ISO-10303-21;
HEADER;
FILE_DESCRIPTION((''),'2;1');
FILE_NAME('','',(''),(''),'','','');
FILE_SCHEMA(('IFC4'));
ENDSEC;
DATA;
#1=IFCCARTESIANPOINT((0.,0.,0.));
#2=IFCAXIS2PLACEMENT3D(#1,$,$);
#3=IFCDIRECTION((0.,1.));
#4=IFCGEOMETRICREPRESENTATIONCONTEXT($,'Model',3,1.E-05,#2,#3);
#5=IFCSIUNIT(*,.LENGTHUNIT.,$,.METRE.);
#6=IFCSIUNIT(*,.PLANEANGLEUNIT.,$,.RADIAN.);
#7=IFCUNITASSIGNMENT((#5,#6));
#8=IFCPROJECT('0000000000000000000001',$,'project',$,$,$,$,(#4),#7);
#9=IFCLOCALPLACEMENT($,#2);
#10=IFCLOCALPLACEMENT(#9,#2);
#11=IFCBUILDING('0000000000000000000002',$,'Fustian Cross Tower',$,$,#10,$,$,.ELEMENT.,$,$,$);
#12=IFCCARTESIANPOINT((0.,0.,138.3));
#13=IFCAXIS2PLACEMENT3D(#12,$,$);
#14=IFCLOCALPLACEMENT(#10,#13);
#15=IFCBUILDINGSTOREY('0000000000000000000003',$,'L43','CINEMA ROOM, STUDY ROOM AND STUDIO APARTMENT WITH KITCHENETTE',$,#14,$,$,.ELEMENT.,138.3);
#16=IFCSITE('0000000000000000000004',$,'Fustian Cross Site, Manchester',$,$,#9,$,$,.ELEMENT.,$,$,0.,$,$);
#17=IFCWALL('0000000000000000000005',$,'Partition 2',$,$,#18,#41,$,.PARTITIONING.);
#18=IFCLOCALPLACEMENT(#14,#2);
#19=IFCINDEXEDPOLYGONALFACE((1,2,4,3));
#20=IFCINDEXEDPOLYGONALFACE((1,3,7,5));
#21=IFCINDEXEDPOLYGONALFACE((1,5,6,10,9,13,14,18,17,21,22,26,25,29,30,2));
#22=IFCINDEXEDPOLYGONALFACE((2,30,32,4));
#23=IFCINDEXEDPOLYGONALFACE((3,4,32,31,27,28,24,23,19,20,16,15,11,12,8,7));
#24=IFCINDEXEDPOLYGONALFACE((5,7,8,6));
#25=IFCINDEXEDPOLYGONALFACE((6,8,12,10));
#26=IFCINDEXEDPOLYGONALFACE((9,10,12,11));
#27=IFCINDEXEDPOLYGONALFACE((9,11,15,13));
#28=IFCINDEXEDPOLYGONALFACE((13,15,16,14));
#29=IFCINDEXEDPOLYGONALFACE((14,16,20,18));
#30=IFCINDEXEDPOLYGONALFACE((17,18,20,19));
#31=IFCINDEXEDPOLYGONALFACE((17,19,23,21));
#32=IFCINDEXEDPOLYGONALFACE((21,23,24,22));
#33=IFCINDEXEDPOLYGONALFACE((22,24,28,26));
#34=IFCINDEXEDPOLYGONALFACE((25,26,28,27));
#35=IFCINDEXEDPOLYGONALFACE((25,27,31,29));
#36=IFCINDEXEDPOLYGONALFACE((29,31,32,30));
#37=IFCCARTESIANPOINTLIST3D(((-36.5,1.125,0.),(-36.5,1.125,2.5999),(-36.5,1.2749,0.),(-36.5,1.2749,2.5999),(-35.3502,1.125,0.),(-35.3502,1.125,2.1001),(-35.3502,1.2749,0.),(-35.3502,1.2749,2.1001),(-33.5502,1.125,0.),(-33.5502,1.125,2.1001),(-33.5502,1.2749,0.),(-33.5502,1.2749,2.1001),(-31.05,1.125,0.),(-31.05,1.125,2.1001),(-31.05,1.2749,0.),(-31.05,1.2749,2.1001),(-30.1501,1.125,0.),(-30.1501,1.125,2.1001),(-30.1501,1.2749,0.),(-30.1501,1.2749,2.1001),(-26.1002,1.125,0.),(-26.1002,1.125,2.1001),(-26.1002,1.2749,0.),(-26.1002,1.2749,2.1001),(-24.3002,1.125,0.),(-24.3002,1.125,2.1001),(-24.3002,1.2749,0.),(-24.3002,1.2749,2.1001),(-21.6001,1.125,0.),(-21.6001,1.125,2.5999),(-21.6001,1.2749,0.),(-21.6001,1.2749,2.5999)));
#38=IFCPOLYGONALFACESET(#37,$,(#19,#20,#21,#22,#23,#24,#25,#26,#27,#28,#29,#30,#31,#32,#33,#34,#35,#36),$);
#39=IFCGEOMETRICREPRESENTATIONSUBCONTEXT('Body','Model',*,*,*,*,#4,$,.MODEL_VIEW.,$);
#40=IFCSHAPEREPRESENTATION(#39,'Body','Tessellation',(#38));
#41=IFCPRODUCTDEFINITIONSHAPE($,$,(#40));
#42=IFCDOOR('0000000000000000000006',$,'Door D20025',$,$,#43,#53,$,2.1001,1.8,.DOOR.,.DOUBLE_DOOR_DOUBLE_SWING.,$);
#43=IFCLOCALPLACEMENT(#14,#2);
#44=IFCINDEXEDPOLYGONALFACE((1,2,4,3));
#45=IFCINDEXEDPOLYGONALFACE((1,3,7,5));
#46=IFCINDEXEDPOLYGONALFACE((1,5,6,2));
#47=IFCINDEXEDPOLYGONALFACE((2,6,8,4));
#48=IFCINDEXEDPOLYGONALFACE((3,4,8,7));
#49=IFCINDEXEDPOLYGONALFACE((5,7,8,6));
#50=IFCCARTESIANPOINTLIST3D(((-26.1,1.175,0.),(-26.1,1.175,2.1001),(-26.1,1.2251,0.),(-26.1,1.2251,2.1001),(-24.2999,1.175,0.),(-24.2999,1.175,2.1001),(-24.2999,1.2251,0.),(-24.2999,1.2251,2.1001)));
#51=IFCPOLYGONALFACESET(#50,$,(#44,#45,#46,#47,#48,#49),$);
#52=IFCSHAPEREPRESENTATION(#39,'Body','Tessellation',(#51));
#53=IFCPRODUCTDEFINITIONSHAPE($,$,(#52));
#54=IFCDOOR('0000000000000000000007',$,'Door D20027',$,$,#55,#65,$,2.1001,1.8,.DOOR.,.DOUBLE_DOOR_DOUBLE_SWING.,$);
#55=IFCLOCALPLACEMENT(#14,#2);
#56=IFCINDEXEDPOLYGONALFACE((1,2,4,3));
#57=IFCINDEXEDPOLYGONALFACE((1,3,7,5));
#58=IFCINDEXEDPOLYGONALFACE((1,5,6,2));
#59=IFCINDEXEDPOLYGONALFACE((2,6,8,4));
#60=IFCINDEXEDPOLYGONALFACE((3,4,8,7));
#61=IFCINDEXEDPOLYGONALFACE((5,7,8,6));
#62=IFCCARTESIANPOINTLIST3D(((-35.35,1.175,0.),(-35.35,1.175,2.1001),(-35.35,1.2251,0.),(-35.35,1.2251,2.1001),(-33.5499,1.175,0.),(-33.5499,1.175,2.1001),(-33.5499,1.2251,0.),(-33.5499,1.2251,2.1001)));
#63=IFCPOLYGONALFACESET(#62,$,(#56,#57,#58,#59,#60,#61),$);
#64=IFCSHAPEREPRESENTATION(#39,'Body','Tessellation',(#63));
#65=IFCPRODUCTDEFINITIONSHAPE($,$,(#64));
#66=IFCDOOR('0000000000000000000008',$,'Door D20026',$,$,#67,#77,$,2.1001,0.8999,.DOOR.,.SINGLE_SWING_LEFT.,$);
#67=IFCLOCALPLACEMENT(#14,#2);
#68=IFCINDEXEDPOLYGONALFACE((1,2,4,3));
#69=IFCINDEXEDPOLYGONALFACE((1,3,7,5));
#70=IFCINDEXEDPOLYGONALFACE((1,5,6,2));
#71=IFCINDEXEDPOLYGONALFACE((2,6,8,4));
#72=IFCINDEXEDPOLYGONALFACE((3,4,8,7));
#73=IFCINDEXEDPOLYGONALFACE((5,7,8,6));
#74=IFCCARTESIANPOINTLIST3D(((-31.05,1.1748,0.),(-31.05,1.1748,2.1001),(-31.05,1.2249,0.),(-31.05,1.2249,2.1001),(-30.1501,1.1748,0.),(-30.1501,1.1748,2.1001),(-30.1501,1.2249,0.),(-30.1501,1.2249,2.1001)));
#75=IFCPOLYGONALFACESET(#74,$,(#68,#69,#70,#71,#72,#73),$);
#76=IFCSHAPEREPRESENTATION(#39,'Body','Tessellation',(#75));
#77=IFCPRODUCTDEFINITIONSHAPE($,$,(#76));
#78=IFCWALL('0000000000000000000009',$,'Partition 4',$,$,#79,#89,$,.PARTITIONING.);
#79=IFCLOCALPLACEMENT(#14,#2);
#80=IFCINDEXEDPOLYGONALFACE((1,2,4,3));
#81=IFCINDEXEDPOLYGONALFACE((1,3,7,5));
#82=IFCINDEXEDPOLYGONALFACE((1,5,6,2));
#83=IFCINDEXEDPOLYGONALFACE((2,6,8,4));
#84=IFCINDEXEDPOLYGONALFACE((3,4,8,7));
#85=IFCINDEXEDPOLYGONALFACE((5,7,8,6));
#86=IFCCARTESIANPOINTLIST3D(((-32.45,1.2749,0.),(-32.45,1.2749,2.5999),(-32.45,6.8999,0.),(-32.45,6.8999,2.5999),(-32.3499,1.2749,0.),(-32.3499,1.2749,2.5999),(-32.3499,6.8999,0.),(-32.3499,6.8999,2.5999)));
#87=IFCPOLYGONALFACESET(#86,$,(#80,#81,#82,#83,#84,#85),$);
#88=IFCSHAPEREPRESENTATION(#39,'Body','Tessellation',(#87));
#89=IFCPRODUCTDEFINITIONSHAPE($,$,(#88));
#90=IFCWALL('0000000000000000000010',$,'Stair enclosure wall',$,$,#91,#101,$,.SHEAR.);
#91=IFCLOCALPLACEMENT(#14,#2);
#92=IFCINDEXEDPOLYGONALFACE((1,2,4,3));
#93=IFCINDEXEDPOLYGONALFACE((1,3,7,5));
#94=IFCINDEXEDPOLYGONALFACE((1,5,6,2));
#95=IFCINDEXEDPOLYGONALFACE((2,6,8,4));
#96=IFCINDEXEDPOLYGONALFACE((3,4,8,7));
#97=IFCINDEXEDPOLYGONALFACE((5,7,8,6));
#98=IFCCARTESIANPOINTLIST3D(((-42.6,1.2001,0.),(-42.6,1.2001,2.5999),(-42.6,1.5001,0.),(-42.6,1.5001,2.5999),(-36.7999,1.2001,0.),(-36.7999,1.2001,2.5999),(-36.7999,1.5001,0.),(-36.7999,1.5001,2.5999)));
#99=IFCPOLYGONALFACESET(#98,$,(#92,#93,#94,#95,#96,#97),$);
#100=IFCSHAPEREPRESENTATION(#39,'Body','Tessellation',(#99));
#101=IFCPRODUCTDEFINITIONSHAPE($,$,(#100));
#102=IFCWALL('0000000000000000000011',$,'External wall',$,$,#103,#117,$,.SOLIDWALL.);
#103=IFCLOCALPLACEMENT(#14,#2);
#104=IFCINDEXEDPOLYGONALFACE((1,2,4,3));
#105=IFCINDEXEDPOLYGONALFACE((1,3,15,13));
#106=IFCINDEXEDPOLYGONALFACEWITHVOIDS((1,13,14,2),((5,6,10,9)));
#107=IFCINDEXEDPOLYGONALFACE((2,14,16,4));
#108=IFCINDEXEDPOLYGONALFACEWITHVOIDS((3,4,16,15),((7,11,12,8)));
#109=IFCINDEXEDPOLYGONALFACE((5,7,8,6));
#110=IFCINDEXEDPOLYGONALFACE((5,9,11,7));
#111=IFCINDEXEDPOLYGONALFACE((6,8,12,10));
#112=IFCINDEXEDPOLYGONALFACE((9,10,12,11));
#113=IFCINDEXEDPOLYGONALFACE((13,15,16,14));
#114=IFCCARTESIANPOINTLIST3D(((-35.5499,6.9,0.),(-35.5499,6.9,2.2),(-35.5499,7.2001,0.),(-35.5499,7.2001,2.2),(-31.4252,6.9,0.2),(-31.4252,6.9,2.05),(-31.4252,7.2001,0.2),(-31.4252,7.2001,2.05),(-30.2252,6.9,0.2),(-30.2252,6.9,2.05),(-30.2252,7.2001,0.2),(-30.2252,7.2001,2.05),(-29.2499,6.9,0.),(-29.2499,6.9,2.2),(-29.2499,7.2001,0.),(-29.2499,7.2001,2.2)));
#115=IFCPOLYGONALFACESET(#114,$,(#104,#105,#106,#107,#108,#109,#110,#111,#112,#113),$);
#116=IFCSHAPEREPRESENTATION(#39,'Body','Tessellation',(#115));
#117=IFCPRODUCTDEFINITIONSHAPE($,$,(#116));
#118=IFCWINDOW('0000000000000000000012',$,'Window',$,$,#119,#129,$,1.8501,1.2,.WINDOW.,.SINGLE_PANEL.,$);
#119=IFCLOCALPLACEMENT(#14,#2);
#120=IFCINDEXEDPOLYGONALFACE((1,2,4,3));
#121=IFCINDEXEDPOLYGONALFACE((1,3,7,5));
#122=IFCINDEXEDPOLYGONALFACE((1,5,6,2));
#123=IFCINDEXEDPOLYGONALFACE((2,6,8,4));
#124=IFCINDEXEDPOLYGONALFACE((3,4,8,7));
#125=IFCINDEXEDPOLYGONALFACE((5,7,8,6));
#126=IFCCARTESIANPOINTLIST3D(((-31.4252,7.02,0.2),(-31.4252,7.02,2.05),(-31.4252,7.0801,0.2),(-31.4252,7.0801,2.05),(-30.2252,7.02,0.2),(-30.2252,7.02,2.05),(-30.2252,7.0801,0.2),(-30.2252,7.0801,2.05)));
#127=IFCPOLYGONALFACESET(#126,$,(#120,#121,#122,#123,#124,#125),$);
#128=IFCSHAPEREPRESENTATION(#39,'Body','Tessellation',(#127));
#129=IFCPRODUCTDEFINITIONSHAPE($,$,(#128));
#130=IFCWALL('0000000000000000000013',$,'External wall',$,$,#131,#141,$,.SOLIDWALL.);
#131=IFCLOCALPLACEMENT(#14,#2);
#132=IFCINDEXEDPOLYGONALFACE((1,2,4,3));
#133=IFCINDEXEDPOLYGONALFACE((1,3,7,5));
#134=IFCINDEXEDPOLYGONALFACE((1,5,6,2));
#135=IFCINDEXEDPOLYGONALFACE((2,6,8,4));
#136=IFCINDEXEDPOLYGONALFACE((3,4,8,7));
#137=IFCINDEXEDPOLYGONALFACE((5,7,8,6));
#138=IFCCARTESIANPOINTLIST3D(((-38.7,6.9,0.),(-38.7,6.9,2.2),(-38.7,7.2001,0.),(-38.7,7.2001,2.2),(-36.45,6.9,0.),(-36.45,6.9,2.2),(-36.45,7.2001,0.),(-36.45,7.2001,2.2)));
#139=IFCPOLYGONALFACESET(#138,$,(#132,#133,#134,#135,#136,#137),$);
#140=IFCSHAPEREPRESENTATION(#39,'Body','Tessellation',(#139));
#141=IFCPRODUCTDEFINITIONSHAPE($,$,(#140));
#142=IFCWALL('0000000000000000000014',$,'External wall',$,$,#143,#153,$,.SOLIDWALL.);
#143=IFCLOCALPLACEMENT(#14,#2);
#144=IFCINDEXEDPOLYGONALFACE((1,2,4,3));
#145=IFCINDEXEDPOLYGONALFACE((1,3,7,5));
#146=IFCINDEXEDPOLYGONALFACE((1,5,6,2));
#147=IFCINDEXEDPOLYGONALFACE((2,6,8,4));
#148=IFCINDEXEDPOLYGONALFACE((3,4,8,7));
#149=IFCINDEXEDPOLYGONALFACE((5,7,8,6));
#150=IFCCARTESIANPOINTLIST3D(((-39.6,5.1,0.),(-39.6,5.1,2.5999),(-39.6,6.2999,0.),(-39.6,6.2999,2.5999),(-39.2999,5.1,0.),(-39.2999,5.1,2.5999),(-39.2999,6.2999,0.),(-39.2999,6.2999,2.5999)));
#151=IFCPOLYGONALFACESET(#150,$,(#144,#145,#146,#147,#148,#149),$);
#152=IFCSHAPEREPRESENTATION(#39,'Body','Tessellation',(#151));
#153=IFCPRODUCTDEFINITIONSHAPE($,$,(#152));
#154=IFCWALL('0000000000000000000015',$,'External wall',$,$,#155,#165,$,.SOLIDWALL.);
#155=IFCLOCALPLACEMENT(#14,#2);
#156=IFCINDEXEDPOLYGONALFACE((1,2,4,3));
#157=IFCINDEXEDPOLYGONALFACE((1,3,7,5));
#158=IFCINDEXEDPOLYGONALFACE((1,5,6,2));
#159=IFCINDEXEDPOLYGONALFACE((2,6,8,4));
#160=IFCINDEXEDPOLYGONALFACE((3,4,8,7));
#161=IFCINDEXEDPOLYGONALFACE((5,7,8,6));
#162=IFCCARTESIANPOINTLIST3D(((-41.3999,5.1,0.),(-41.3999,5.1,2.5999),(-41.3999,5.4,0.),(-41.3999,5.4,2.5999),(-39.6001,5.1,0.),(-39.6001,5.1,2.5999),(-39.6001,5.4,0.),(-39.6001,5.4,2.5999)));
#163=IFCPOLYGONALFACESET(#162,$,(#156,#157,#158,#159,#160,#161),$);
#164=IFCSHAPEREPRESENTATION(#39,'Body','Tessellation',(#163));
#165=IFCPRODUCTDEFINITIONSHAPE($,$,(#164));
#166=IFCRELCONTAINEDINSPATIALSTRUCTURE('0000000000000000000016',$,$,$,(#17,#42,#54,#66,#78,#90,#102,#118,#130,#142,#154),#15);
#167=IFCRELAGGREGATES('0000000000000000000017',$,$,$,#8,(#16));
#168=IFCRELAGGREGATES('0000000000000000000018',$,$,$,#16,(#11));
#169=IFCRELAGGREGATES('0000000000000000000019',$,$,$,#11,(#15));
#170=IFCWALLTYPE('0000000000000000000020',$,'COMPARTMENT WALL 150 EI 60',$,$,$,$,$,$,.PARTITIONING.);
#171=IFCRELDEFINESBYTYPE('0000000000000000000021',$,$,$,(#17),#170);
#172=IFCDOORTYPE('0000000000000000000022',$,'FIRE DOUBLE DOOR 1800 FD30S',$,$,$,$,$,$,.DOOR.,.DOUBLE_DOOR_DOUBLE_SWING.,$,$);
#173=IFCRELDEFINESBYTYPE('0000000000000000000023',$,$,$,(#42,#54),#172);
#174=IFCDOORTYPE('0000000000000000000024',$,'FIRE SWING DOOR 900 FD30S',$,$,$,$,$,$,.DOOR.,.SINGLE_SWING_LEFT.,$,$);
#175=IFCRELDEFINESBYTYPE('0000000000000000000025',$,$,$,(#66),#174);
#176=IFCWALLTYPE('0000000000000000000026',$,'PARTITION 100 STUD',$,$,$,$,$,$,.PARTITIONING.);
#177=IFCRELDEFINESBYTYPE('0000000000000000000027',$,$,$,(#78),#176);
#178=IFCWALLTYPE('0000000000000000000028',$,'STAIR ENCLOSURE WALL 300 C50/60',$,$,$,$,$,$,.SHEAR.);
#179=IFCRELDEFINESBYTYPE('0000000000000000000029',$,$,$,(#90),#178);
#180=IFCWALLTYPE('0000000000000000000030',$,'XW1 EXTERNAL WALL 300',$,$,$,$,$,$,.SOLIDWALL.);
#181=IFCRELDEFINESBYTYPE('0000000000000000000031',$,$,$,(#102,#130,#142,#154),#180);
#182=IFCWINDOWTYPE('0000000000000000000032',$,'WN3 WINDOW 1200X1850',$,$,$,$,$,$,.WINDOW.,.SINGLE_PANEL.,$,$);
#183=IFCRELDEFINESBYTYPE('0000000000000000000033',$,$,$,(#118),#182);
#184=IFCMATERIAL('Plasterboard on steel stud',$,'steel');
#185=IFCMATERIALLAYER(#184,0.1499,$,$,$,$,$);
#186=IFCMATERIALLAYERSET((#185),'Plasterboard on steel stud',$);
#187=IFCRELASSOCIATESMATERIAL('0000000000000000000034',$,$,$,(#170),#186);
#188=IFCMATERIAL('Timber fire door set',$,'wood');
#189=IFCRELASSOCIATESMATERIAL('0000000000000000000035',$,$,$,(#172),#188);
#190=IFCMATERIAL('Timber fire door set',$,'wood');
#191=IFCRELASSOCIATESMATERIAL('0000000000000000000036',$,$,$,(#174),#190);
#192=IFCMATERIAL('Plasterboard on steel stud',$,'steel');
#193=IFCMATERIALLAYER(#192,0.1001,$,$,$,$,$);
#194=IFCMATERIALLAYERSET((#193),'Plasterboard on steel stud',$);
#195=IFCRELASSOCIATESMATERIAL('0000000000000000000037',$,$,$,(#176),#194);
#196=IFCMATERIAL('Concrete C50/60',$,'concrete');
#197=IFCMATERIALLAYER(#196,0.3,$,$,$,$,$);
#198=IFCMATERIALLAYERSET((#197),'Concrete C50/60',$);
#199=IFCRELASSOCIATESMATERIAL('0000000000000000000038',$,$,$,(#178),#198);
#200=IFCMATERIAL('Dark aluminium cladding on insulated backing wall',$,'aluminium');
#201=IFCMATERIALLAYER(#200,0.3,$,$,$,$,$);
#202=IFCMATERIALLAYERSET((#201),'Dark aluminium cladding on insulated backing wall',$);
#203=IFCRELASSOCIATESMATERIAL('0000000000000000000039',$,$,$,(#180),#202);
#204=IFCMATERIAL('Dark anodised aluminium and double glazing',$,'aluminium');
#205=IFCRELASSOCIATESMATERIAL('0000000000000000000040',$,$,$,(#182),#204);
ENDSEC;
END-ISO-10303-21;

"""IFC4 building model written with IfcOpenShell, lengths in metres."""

from ifc_helpers import new_model, si_unit, direction, frame, frame_2d, origin, place, context, subcontext, project, spatial, rectangle, extrude, material, layer, layer_set, type_object, element, fill, save


model = new_model("IFC4")

# Units and contexts
model_context = context("Model", 3, precision=1e-05, world=origin(), true_north=direction((0.0, 1.0)))
body_context = subcontext(model_context, "Body", "Model", "MODEL_VIEW")
ifc_project = project(units=[si_unit("LENGTHUNIT", "METRE"), si_unit("PLANEANGLEUNIT", "RADIAN")], contexts=[model_context])

# Site, building, storey
site_placement = place(None, origin())
site = spatial("IfcSite", under=ifc_project, at=site_placement, Name="Fustian Cross Site, Manchester", CompositionType="ELEMENT", RefElevation=0.0)
building_placement = place(site_placement, origin())
building = spatial("IfcBuilding", under=site, at=building_placement, Name="Fustian Cross Tower", CompositionType="ELEMENT")
storey_placement = place(building_placement, frame((0.0, 0.0, 138.3)))
storey = spatial("IfcBuildingStorey", under=building, at=storey_placement, Name="L43", Description="CINEMA ROOM, STUDY ROOM AND STUDIO APARTMENT WITH KITCHENETTE", CompositionType="ELEMENT", Elevation=138.3)

# Wall, openings, doors
ifc_material_1 = material(Name="Plasterboard on steel stud", Category="steel")
ifc_layer_1 = layer(ifc_material_1, 0.1499)
ifc_layer_set_1 = layer_set([ifc_layer_1], Name="Plasterboard on steel stud")
wall_type_1 = type_object("IfcWallType", Name="COMPARTMENT WALL 150 EI 60", PredefinedType="PARTITIONING", material=ifc_layer_set_1)
ifc_material_2 = material(Name="Timber fire door set", Category="wood")
door_type_1 = type_object("IfcDoorType", Name="FIRE DOUBLE DOOR 1800 FD30S", OperationType="DOUBLE_DOOR_DOUBLE_SWING", PredefinedType="DOOR", material=ifc_material_2)
ifc_material_3 = material(Name="Timber fire door set", Category="wood")
door_type_2 = type_object("IfcDoorType", Name="FIRE SWING DOOR 900 FD30S", OperationType="SINGLE_SWING_LEFT", PredefinedType="DOOR", material=ifc_material_3)
wall_1_placement = place(storey_placement, frame((-36.5, 1.2, 0.0), z_axis=(0.0, 0.0, 1.0), x_axis=(1.0, 0.0, 0.0)))
wall_1 = element("IfcWall", 1, at=wall_1_placement, inside=storey, type_object=wall_type_1, Name="Partition 2", PredefinedType="PARTITIONING", context=body_context, shape_type="SweptSolid", body=[
    extrude(rectangle(XDim=14.8999, YDim=0.1499, at=frame_2d((7.45, 0.0))), origin(), (0.0, 0.0, 1.0), 2.5999),
])
opening_1_placement = place(wall_1_placement, frame((10.3999, 0.0, 0.0)))
opening_1 = element("IfcOpeningElement", 2, at=opening_1_placement, cuts=wall_1, PredefinedType="OPENING", context=body_context, shape_type="SweptSolid", body=[
    extrude(rectangle(XDim=1.8, YDim=2.1001, at=frame_2d((0.8999, 1.05))), frame((0.0, 0.085, 0.0), z_axis=(0.0, -1.0, 0.0), x_axis=(1.0, 0.0, 0.0)), (0.0, 0.0, 1.0), 0.1699),
])
opening_2_placement = place(wall_1_placement, frame((5.45, 0.0, 0.0)))
opening_2 = element("IfcOpeningElement", 3, at=opening_2_placement, cuts=wall_1, PredefinedType="OPENING", context=body_context, shape_type="SweptSolid", body=[
    extrude(rectangle(XDim=0.8999, YDim=2.1001, at=frame_2d((0.45, 1.05))), frame((0.0, 0.085, 0.0), z_axis=(0.0, -1.0, 0.0), x_axis=(1.0, 0.0, 0.0)), (0.0, 0.0, 1.0), 0.1699),
])
opening_3_placement = place(wall_1_placement, frame((1.1499, 0.0, 0.0)))
opening_3 = element("IfcOpeningElement", 4, at=opening_3_placement, cuts=wall_1, PredefinedType="OPENING", context=body_context, shape_type="SweptSolid", body=[
    extrude(rectangle(XDim=1.8, YDim=2.1001, at=frame_2d((0.8999, 1.05))), frame((0.0, 0.085, 0.0), z_axis=(0.0, -1.0, 0.0), x_axis=(1.0, 0.0, 0.0)), (0.0, 0.0, 1.0), 0.1699),
])
door_1_placement = place(opening_1_placement, frame((1.8, 0.0, 0.0), z_axis=(0.0, 0.0, 1.0), x_axis=(-1.0, 0.0, 0.0)))
door_1 = element("IfcDoor", 5, at=door_1_placement, inside=storey, type_object=door_type_1, Name="Door D20025", OperationType="DOUBLE_DOOR_DOUBLE_SWING", OverallHeight=2.1001, OverallWidth=1.8, PredefinedType="DOOR", context=body_context, shape_type="SweptSolid", body=[
    extrude(rectangle(XDim=1.8, YDim=2.1001, at=frame_2d((0.8999, 1.05))), frame((0.0, 0.0249, 0.0), z_axis=(0.0, -1.0, 0.0), x_axis=(1.0, 0.0, 0.0)), (0.0, 0.0, 1.0), 0.05),
])
fill(opening_1, door_1)
door_2_placement = place(opening_3_placement, frame((1.8, 0.0, 0.0), z_axis=(0.0, 0.0, 1.0), x_axis=(-1.0, 0.0, 0.0)))
door_2 = element("IfcDoor", 6, at=door_2_placement, inside=storey, type_object=door_type_1, Name="Door D20027", OperationType="DOUBLE_DOOR_DOUBLE_SWING", OverallHeight=2.1001, OverallWidth=1.8, PredefinedType="DOOR", context=body_context, shape_type="SweptSolid", body=[
    extrude(rectangle(XDim=1.8, YDim=2.1001, at=frame_2d((0.8999, 1.05))), frame((0.0, 0.0249, 0.0), z_axis=(0.0, -1.0, 0.0), x_axis=(1.0, 0.0, 0.0)), (0.0, 0.0, 1.0), 0.05),
])
fill(opening_3, door_2)
door_3_placement = place(opening_2_placement, origin())
door_3 = element("IfcDoor", 7, at=door_3_placement, inside=storey, type_object=door_type_2, Name="Door D20026", OperationType="SINGLE_SWING_LEFT", OverallHeight=2.1001, OverallWidth=0.8999, PredefinedType="DOOR", context=body_context, shape_type="SweptSolid", body=[
    extrude(rectangle(XDim=0.8999, YDim=2.1001, at=frame_2d((0.45, 1.05))), frame((0.0, 0.0249, 0.0), z_axis=(0.0, -1.0, 0.0), x_axis=(1.0, 0.0, 0.0)), (0.0, 0.0, 1.0), 0.05),
])
fill(opening_2, door_3)

# Walls
ifc_material_4 = material(Name="Plasterboard on steel stud", Category="steel")
ifc_layer_2 = layer(ifc_material_4, 0.1001)
ifc_layer_set_2 = layer_set([ifc_layer_2], Name="Plasterboard on steel stud")
wall_type_2 = type_object("IfcWallType", Name="PARTITION 100 STUD", PredefinedType="PARTITIONING", material=ifc_layer_set_2)
wall_2_placement = place(storey_placement, frame((-32.3999, 1.2749, 0.0), z_axis=(0.0, 0.0, 1.0), x_axis=(0.0, 1.0, 0.0)))
element("IfcWall", 8, at=wall_2_placement, inside=storey, type_object=wall_type_2, Name="Partition 4", PredefinedType="PARTITIONING", context=body_context, shape_type="SweptSolid", body=[
    extrude(rectangle(XDim=5.625, YDim=0.1001, at=frame_2d((2.8125, 0.0))), origin(), (0.0, 0.0, 1.0), 2.5999),
])
ifc_material_5 = material(Name="Concrete C50/60", Category="concrete")
ifc_layer_3 = layer(ifc_material_5, 0.3)
ifc_layer_set_3 = layer_set([ifc_layer_3], Name="Concrete C50/60")
wall_type_3 = type_object("IfcWallType", Name="STAIR ENCLOSURE WALL 300 C50/60", PredefinedType="SHEAR", material=ifc_layer_set_3)
wall_3_placement = place(storey_placement, frame((-36.8, 1.3501, 0.0), z_axis=(0.0, 0.0, 1.0), x_axis=(-1.0, 0.0, 0.0)))
element("IfcWall", 9, at=wall_3_placement, inside=storey, type_object=wall_type_3, Name="Stair enclosure wall", PredefinedType="SHEAR", context=body_context, shape_type="SweptSolid", body=[
    extrude(rectangle(XDim=5.8, YDim=0.3, at=frame_2d((2.8999, 0.0))), origin(), (0.0, 0.0, 1.0), 2.5999),
])

# Wall, opening, window
ifc_material_6 = material(Name="Dark aluminium cladding on insulated backing wall", Category="aluminium")
ifc_layer_4 = layer(ifc_material_6, 0.3)
ifc_layer_set_4 = layer_set([ifc_layer_4], Name="Dark aluminium cladding on insulated backing wall")
wall_type_4 = type_object("IfcWallType", Name="XW1 EXTERNAL WALL 300", PredefinedType="SOLIDWALL", material=ifc_layer_set_4)
wall_4_placement = place(storey_placement, frame((-29.25, 7.05, 0.0), z_axis=(0.0, 0.0, 1.0), x_axis=(-1.0, 0.0, 0.0)))
wall_4 = element("IfcWall", 10, at=wall_4_placement, inside=storey, type_object=wall_type_4, Name="External wall", PredefinedType="SOLIDWALL", context=body_context, shape_type="SweptSolid", body=[
    extrude(rectangle(XDim=6.3, YDim=0.3, at=frame_2d((3.1499, 0.0))), origin(), (0.0, 0.0, 1.0), 2.2),
])
opening_4_placement = place(wall_4_placement, frame((0.9751, 0.0, 0.2)))
opening_4 = element("IfcOpeningElement", 11, at=opening_4_placement, cuts=wall_4, PredefinedType="OPENING", context=body_context, shape_type="SweptSolid", body=[
    extrude(rectangle(XDim=1.2, YDim=1.8501, at=frame_2d((0.6001, 0.925))), frame((0.0, 0.1599, 0.0), z_axis=(0.0, -1.0, 0.0), x_axis=(1.0, 0.0, 0.0)), (0.0, 0.0, 1.0), 0.3201),
])
ifc_material_7 = material(Name="Dark anodised aluminium and double glazing", Category="aluminium")
window_type_1 = type_object("IfcWindowType", Name="WN3 WINDOW 1200X1850", PartitioningType="SINGLE_PANEL", PredefinedType="WINDOW", material=ifc_material_7)
window_1_placement = place(opening_4_placement, origin())
window_1 = element("IfcWindow", 12, at=window_1_placement, inside=storey, type_object=window_type_1, Name="Window", OverallHeight=1.8501, OverallWidth=1.2, PartitioningType="SINGLE_PANEL", PredefinedType="WINDOW", context=body_context, shape_type="SweptSolid", body=[
    extrude(rectangle(XDim=1.2, YDim=1.8501, at=frame_2d((0.6001, 0.925))), frame((0.0, 0.03, 0.0), z_axis=(0.0, -1.0, 0.0), x_axis=(1.0, 0.0, 0.0)), (0.0, 0.0, 1.0), 0.0601),
])
fill(opening_4, window_1)

# Walls
wall_5_placement = place(storey_placement, frame((-36.45, 7.05, 0.0), z_axis=(0.0, 0.0, 1.0), x_axis=(-1.0, 0.0, 0.0)))
element("IfcWall", 13, at=wall_5_placement, inside=storey, type_object=wall_type_4, Name="External wall", PredefinedType="SOLIDWALL", context=body_context, shape_type="SweptSolid", body=[
    extrude(rectangle(XDim=2.25, YDim=0.3, at=frame_2d((1.125, 0.0))), origin(), (0.0, 0.0, 1.0), 2.2),
])
wall_6_placement = place(storey_placement, frame((-39.45, 6.3, 0.0), z_axis=(0.0, 0.0, 1.0), x_axis=(0.0, -1.0, 0.0)))
element("IfcWall", 14, at=wall_6_placement, inside=storey, type_object=wall_type_4, Name="External wall", PredefinedType="SOLIDWALL", context=body_context, shape_type="SweptSolid", body=[
    extrude(rectangle(XDim=1.2, YDim=0.3, at=frame_2d((0.6001, 0.0))), origin(), (0.0, 0.0, 1.0), 2.5999),
])
wall_7_placement = place(storey_placement, frame((-39.6001, 5.25, 0.0), z_axis=(0.0, 0.0, 1.0), x_axis=(-1.0, 0.0, 0.0)))
element("IfcWall", 15, at=wall_7_placement, inside=storey, type_object=wall_type_4, Name="External wall", PredefinedType="SOLIDWALL", context=body_context, shape_type="SweptSolid", body=[
    extrude(rectangle(XDim=1.7998, YDim=0.3, at=frame_2d((0.8999, 0.0))), origin(), (0.0, 0.0, 1.0), 2.5999),
])

save(model, "model.ifc")
